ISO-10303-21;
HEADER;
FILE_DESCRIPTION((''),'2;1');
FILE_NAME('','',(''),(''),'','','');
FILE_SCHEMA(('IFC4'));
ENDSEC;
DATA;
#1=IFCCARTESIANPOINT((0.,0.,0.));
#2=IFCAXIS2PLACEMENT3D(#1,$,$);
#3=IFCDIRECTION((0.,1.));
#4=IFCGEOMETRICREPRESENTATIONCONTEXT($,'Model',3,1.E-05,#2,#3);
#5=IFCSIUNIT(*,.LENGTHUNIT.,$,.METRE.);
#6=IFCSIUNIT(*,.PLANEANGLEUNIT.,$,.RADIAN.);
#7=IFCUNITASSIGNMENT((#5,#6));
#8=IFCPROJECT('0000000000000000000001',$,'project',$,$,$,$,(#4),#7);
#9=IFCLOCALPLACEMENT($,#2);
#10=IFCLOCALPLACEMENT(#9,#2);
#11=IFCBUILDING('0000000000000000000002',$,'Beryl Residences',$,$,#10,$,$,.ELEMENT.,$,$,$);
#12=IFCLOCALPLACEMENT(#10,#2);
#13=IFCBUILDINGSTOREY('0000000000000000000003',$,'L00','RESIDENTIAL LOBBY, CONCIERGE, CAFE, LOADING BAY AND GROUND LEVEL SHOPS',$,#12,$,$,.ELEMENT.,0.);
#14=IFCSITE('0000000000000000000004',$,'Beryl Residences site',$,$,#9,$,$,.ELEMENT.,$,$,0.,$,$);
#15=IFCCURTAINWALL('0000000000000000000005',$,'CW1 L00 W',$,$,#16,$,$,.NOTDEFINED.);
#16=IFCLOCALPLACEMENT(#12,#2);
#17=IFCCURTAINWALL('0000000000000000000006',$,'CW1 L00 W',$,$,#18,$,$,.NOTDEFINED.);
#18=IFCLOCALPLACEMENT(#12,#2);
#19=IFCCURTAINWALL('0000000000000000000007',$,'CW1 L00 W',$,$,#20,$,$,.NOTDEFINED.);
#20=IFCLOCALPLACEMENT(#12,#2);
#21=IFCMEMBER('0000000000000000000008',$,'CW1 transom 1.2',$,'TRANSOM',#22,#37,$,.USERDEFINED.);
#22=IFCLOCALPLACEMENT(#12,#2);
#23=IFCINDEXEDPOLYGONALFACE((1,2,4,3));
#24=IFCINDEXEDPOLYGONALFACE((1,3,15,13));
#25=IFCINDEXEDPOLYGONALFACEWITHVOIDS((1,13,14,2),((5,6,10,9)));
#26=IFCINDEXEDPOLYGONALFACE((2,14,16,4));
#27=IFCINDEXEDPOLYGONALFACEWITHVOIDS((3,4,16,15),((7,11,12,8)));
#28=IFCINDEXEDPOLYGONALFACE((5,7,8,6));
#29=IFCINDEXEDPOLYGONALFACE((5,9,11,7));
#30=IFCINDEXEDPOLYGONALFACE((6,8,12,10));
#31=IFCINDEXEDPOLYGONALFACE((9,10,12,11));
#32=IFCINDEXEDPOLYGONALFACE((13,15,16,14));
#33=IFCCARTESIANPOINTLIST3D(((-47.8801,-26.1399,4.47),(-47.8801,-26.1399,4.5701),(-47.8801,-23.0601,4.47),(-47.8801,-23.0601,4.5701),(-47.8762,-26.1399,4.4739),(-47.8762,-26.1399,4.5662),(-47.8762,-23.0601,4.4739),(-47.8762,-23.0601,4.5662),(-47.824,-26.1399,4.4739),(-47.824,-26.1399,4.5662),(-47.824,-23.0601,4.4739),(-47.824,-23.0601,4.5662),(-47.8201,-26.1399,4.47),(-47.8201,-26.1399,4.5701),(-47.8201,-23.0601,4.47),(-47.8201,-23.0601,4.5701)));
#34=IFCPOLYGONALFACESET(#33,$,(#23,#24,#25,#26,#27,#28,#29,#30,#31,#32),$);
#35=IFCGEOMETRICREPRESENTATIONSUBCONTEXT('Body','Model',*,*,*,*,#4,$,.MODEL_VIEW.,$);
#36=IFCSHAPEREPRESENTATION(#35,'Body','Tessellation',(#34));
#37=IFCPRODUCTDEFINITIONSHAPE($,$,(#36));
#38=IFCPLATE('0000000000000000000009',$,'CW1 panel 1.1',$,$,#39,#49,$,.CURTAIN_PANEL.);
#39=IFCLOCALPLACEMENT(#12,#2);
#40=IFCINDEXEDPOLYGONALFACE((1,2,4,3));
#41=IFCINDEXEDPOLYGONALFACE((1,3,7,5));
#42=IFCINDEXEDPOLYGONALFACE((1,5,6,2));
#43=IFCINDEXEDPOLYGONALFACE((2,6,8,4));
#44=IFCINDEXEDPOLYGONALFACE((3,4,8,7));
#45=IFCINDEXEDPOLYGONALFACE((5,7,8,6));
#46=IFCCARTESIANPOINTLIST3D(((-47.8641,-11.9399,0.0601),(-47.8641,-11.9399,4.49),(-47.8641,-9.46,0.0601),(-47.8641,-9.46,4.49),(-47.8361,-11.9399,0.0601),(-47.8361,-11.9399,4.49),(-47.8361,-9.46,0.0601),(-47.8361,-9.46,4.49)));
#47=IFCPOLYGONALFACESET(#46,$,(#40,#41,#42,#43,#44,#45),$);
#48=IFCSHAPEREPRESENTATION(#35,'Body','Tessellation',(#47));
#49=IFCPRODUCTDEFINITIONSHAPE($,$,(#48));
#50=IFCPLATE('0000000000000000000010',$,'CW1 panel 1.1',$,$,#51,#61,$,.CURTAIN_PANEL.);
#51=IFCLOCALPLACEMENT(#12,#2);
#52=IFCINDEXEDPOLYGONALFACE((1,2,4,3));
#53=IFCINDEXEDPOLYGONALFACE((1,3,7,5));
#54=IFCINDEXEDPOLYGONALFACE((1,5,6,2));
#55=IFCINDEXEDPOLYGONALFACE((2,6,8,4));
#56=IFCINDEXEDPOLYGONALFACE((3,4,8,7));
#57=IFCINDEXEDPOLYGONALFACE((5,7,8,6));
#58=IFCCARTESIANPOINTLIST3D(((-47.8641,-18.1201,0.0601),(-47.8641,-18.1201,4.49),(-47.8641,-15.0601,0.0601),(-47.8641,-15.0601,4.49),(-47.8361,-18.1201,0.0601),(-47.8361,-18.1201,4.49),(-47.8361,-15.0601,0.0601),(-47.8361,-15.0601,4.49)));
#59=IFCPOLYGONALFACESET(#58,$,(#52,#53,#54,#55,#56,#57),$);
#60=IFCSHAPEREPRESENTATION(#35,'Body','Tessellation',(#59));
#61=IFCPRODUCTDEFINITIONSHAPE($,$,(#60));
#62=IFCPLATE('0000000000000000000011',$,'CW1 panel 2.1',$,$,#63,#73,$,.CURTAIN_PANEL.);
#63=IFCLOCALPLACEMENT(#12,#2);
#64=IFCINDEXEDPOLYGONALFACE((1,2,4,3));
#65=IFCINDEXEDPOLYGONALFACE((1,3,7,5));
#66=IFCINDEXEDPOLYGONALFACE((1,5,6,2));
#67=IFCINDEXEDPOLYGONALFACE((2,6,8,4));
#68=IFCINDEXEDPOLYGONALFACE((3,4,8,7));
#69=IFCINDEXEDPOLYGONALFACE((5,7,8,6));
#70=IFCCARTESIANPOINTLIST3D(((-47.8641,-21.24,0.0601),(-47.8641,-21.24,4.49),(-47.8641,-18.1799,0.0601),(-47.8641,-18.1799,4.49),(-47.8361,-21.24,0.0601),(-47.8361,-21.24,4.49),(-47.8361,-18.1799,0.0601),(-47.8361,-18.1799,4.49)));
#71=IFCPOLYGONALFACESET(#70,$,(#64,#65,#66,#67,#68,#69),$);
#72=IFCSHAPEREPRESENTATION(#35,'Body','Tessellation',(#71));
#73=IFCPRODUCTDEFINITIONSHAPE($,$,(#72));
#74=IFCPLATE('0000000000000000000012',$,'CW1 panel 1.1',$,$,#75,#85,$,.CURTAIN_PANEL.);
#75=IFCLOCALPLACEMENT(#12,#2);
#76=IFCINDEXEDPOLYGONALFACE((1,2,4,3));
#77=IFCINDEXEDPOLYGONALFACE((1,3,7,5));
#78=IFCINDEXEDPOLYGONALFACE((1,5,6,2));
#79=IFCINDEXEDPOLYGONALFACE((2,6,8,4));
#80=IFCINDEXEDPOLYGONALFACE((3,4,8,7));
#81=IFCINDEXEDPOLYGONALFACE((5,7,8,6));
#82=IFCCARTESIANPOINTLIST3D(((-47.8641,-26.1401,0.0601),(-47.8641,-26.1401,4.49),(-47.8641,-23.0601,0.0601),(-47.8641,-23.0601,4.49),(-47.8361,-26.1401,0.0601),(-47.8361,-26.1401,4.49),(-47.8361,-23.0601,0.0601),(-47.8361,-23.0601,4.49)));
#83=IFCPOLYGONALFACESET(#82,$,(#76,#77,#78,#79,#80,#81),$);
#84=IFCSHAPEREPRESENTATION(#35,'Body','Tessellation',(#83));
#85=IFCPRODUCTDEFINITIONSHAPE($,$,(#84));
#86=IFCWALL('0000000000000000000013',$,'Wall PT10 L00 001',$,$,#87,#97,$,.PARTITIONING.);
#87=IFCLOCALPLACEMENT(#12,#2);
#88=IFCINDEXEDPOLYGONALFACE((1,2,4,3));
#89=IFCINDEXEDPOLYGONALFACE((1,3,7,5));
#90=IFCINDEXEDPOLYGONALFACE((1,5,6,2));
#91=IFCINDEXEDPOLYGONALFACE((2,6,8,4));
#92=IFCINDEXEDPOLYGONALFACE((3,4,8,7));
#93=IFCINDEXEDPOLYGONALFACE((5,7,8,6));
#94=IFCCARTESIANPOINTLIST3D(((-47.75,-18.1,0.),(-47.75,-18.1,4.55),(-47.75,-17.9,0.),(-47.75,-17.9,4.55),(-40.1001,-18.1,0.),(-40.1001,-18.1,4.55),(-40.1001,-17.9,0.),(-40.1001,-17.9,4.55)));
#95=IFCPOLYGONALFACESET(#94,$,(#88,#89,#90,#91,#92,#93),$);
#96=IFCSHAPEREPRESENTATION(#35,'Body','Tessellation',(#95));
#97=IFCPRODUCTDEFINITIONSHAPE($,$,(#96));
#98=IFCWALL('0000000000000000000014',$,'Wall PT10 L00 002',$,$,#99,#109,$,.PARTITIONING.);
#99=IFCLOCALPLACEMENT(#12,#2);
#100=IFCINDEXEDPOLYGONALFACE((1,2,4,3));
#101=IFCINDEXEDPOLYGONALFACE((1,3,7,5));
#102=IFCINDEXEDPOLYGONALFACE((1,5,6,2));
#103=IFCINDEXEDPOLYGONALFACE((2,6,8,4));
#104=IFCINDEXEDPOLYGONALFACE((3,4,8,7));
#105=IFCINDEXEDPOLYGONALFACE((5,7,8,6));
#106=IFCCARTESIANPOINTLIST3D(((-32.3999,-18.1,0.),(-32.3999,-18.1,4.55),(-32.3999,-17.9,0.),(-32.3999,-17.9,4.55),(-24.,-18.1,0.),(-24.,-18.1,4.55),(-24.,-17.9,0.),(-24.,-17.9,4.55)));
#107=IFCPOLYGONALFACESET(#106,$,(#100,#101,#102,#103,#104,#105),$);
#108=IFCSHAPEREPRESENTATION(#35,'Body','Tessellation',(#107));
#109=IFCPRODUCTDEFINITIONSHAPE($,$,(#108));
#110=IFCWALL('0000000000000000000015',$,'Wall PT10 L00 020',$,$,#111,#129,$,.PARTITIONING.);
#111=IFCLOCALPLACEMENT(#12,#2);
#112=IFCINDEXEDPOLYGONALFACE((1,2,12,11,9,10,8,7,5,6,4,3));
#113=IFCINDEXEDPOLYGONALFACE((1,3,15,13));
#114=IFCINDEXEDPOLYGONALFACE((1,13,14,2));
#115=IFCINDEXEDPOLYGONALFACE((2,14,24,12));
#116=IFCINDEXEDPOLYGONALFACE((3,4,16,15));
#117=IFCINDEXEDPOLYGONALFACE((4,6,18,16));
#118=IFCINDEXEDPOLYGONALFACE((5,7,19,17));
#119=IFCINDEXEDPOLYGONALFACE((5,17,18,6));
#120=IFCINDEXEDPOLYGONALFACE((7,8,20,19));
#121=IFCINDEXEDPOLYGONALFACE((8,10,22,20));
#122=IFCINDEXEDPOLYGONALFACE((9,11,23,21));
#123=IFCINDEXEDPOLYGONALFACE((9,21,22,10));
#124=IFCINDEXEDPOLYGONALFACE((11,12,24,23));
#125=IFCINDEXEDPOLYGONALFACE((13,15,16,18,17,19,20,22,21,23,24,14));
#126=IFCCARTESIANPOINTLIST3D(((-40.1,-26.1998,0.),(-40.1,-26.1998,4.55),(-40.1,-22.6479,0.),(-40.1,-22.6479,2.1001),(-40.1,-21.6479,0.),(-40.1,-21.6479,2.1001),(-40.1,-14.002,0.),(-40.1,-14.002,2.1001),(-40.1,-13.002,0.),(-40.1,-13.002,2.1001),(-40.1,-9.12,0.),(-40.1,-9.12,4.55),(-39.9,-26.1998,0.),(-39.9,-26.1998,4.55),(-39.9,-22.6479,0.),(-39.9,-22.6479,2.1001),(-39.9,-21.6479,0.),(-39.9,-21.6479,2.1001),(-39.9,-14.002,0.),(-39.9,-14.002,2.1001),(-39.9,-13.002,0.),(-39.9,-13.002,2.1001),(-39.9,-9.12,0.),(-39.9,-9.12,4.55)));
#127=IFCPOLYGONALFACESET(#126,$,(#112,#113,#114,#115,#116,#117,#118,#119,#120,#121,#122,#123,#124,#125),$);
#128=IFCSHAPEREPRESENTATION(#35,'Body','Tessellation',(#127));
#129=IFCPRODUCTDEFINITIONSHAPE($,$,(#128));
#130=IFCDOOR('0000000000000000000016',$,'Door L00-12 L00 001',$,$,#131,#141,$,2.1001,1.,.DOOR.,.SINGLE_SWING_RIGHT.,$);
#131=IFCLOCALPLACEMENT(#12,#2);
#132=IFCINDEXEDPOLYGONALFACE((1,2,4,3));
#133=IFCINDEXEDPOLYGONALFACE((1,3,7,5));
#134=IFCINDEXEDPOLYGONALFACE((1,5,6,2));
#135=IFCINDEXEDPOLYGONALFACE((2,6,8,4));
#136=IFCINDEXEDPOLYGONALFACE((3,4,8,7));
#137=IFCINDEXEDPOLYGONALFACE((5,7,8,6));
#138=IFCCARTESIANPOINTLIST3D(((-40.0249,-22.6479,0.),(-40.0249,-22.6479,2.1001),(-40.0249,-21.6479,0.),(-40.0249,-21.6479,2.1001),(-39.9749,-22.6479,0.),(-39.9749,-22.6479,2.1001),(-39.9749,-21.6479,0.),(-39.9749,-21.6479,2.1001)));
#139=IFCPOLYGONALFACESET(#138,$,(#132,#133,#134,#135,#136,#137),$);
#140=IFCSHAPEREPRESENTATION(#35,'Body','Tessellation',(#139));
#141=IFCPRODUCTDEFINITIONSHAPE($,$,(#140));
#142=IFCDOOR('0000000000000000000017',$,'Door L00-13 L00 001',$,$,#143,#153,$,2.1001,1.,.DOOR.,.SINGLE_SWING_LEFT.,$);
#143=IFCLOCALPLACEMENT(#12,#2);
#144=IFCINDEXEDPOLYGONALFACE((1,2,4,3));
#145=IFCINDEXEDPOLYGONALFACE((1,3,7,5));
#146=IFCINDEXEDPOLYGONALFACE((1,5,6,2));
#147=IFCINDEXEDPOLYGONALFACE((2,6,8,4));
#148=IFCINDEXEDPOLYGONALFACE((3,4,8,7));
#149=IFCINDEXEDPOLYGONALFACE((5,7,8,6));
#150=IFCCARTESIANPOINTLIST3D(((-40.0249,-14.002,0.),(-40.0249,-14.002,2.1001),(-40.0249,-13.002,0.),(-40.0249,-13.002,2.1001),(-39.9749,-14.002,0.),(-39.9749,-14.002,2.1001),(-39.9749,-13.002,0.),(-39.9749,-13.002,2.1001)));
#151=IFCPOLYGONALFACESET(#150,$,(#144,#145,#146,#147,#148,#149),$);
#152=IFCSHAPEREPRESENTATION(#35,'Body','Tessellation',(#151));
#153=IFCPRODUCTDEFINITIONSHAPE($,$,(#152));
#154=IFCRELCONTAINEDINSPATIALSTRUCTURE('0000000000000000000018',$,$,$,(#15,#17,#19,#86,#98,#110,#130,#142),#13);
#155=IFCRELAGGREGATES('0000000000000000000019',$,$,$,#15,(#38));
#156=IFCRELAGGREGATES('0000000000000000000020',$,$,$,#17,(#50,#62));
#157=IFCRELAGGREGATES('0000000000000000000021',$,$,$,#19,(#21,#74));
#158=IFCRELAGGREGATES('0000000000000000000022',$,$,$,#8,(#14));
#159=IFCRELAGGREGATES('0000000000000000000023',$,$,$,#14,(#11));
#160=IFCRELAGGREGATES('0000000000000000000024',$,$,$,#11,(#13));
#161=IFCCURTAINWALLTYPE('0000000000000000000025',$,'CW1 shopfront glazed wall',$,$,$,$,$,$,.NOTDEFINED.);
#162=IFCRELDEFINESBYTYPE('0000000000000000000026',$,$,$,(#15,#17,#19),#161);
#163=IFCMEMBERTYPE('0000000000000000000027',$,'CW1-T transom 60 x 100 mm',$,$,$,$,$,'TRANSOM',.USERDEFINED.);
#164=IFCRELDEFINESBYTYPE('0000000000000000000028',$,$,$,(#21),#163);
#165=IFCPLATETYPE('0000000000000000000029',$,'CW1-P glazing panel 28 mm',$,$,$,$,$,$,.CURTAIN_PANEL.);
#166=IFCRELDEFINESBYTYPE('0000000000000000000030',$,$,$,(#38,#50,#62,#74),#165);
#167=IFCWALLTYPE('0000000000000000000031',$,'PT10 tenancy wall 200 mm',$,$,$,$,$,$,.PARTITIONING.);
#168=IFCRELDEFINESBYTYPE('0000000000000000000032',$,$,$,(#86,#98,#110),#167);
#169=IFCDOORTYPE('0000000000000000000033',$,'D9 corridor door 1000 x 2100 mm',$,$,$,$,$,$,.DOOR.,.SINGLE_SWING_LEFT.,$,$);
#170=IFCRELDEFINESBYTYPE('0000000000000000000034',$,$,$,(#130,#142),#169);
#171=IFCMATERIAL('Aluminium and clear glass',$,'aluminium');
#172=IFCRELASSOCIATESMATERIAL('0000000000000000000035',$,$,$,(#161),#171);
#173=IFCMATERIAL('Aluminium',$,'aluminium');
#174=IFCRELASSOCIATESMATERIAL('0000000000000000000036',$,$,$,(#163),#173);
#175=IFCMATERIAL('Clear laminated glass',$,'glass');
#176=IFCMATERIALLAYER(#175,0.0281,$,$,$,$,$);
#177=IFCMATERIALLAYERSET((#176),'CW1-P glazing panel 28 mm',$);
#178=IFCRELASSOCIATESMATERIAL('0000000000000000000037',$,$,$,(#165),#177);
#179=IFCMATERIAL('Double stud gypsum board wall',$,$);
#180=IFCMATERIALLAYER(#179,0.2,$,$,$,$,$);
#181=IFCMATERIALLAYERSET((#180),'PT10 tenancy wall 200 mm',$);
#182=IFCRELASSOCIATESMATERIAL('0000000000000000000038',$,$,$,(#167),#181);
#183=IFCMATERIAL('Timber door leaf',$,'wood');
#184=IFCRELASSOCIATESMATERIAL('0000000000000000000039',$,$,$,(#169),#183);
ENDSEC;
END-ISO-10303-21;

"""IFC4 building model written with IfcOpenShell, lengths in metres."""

from ifc_helpers import new_model, si_unit, direction, frame, frame_2d, origin, origin_2d, place, context, subcontext, project, spatial, rectangle, hollow_rectangle, extrude, material, layer, layer_set, material_profile, profile_set, type_object, element, fill, aggregate, save


model = new_model("IFC4")

# Units and contexts
model_context = context("Model", 3, precision=1e-05, world=origin(), true_north=direction((0.0, 1.0)))
body_context = subcontext(model_context, "Body", "Model", "MODEL_VIEW")
ifc_project = project(units=[si_unit("LENGTHUNIT", "METRE"), si_unit("PLANEANGLEUNIT", "RADIAN")], contexts=[model_context])

# Site, building, storey
site_placement = place(None, origin())
site = spatial("IfcSite", under=ifc_project, at=site_placement, Name="Beryl Residences site", CompositionType="ELEMENT", RefElevation=0.0)
building_placement = place(site_placement, origin())
building = spatial("IfcBuilding", under=site, at=building_placement, Name="Beryl Residences", CompositionType="ELEMENT")
storey_placement = place(building_placement, origin())
storey = spatial("IfcBuildingStorey", under=building, at=storey_placement, Name="L00", Description="RESIDENTIAL LOBBY, CONCIERGE, CAFE, LOADING BAY AND GROUND LEVEL SHOPS", CompositionType="ELEMENT", Elevation=0.0)

# Curtain wall
ifc_material_1 = material(Name="Aluminium and clear glass", Category="aluminium")
curtain_wall_type = type_object("IfcCurtainWallType", Name="CW1 shopfront glazed wall", PredefinedType="NOTDEFINED", material=ifc_material_1)
curtain_wall_1_placement = place(storey_placement, origin())
curtain_wall_1 = element("IfcCurtainWall", 1, at=curtain_wall_1_placement, inside=storey, type_object=curtain_wall_type, Name="CW1 L00 W", PredefinedType="NOTDEFINED")

# Curtain walls
curtain_wall_2_placement = place(storey_placement, origin())
curtain_wall_2 = element("IfcCurtainWall", 2, at=curtain_wall_2_placement, inside=storey, type_object=curtain_wall_type, Name="CW1 L00 W", PredefinedType="NOTDEFINED")
curtain_wall_3_placement = place(storey_placement, origin())
curtain_wall_3 = element("IfcCurtainWall", 3, at=curtain_wall_3_placement, inside=storey, type_object=curtain_wall_type, Name="CW1 L00 W", PredefinedType="NOTDEFINED")

# Member
ifc_material_2 = material(Name="Aluminium", Category="aluminium")
ifc_material_profile_1 = material_profile(ifc_material_2, hollow_rectangle(XDim=0.0601, YDim=0.1001, WallThickness=0.0039, at=origin_2d()))
ifc_profile_set_1 = profile_set([ifc_material_profile_1], Name="Aluminium")
member_type_1 = type_object("IfcMemberType", Name="CW1-T transom 60 x 100 mm", ElementType="TRANSOM", PredefinedType="USERDEFINED", material=ifc_profile_set_1)
member_1_placement = place(storey_placement, frame((-47.8501, -23.0601, 4.52), z_axis=(0.0, -1.0, 0.0), x_axis=(1.0, 0.0, 0.0)))
member_1 = element("IfcMember", 4, at=member_1_placement, type_object=member_type_1, Name="CW1 transom 1.2", ObjectType="TRANSOM", PredefinedType="USERDEFINED", context=body_context, shape_type="SweptSolid", body=[
    extrude(hollow_rectangle(XDim=0.0601, YDim=0.1001, WallThickness=0.0039, at=origin_2d()), origin(), (0.0, 0.0, 1.0), 3.0798),
])

# Plates
ifc_material_3 = material(Name="Clear laminated glass", Category="glass")
ifc_layer_1 = layer(ifc_material_3, 0.0281)
ifc_layer_set_1 = layer_set([ifc_layer_1], Name="CW1-P glazing panel 28 mm")
plate_type = type_object("IfcPlateType", Name="CW1-P glazing panel 28 mm", PredefinedType="CURTAIN_PANEL", material=ifc_layer_set_1)
plate_1_placement = place(storey_placement, frame((-47.8501, -10.7, 0.0601), z_axis=(0.0, 0.0, 1.0), x_axis=(0.0, -1.0, 0.0)))
plate_1 = element("IfcPlate", 5, at=plate_1_placement, type_object=plate_type, Name="CW1 panel 1.1", PredefinedType="CURTAIN_PANEL", context=body_context, shape_type="SweptSolid", body=[
    extrude(rectangle(XDim=2.48, YDim=0.0281, at=origin_2d()), origin(), (0.0, 0.0, 1.0), 4.4299),
])
aggregate(curtain_wall_1, [plate_1])
plate_2_placement = place(storey_placement, frame((-47.8501, -16.5901, 0.0601), z_axis=(0.0, 0.0, 1.0), x_axis=(0.0, -1.0, 0.0)))
plate_2 = element("IfcPlate", 6, at=plate_2_placement, type_object=plate_type, Name="CW1 panel 1.1", PredefinedType="CURTAIN_PANEL", context=body_context, shape_type="SweptSolid", body=[
    extrude(rectangle(XDim=3.0601, YDim=0.0281, at=origin_2d()), origin(), (0.0, 0.0, 1.0), 4.4299),
])
plate_3_placement = place(storey_placement, frame((-47.8501, -19.71, 0.0601), z_axis=(0.0, 0.0, 1.0), x_axis=(0.0, -1.0, 0.0)))
plate_3 = element("IfcPlate", 7, at=plate_3_placement, type_object=plate_type, Name="CW1 panel 2.1", PredefinedType="CURTAIN_PANEL", context=body_context, shape_type="SweptSolid", body=[
    extrude(rectangle(XDim=3.0601, YDim=0.0281, at=origin_2d()), origin(), (0.0, 0.0, 1.0), 4.4299),
])
aggregate(curtain_wall_2, [plate_2, plate_3])
plate_4_placement = place(storey_placement, frame((-47.8501, -24.6001, 0.0601), z_axis=(0.0, 0.0, 1.0), x_axis=(0.0, -1.0, 0.0)))
plate_4 = element("IfcPlate", 8, at=plate_4_placement, type_object=plate_type, Name="CW1 panel 1.1", PredefinedType="CURTAIN_PANEL", context=body_context, shape_type="SweptSolid", body=[
    extrude(rectangle(XDim=3.0801, YDim=0.0281, at=origin_2d()), origin(), (0.0, 0.0, 1.0), 4.4299),
])
aggregate(curtain_wall_3, [member_1, plate_4])

# Walls
ifc_material_4 = material(Name="Double stud gypsum board wall")
ifc_layer_2 = layer(ifc_material_4, 0.2)
ifc_layer_set_2 = layer_set([ifc_layer_2], Name="PT10 tenancy wall 200 mm")
wall_type_1 = type_object("IfcWallType", Name="PT10 tenancy wall 200 mm", PredefinedType="PARTITIONING", material=ifc_layer_set_2)
wall_1_placement = place(storey_placement, frame((-47.75, -18.0, 0.0), z_axis=(0.0, 0.0, 1.0), x_axis=(1.0, 0.0, 0.0)))
element("IfcWall", 9, at=wall_1_placement, inside=storey, type_object=wall_type_1, Name="Wall PT10 L00 001", PredefinedType="PARTITIONING", context=body_context, shape_type="SweptSolid", body=[
    extrude(rectangle(XDim=7.6499, YDim=0.2, at=frame_2d((3.825, 0.0))), origin(), (0.0, 0.0, 1.0), 4.55),
])
wall_2_placement = place(storey_placement, frame((-32.3999, -18.0, 0.0), z_axis=(0.0, 0.0, 1.0), x_axis=(1.0, 0.0, 0.0)))
element("IfcWall", 10, at=wall_2_placement, inside=storey, type_object=wall_type_1, Name="Wall PT10 L00 002", PredefinedType="PARTITIONING", context=body_context, shape_type="SweptSolid", body=[
    extrude(rectangle(XDim=8.3999, YDim=0.2, at=frame_2d((4.2, 0.0))), origin(), (0.0, 0.0, 1.0), 4.55),
])

# Wall, openings, doors
wall_3_placement = place(storey_placement, frame((-40.0, -26.2, 0.0), z_axis=(0.0, 0.0, 1.0), x_axis=(0.0, 1.0, 0.0)))
wall_3 = element("IfcWall", 11, at=wall_3_placement, inside=storey, type_object=wall_type_1, Name="Wall PT10 L00 020", PredefinedType="PARTITIONING", context=body_context, shape_type="SweptSolid", body=[
    extrude(rectangle(XDim=17.0798, YDim=0.2, at=frame_2d((8.54, 0.0))), origin(), (0.0, 0.0, 1.0), 4.55),
])
opening_1_placement = place(wall_3_placement, frame((3.552, 0.0, 0.0)))
opening_1 = element("IfcOpeningElement", 12, at=opening_1_placement, cuts=wall_3, PredefinedType="OPENING", context=body_context, shape_type="SweptSolid", body=[
    extrude(rectangle(XDim=1.0, YDim=2.1001, at=frame_2d((0.5, 1.05))), frame((0.0, 0.1099, 0.0), z_axis=(0.0, -1.0, 0.0), x_axis=(1.0, 0.0, 0.0)), (0.0, 0.0, 1.0), 0.22),
])
opening_2_placement = place(wall_3_placement, frame((12.198, 0.0, 0.0)))
opening_2 = element("IfcOpeningElement", 13, at=opening_2_placement, cuts=wall_3, PredefinedType="OPENING", context=body_context, shape_type="SweptSolid", body=[
    extrude(rectangle(XDim=1.0, YDim=2.1001, at=frame_2d((0.5, 1.05))), frame((0.0, 0.1099, 0.0), z_axis=(0.0, -1.0, 0.0), x_axis=(1.0, 0.0, 0.0)), (0.0, 0.0, 1.0), 0.22),
])
ifc_material_5 = material(Name="Timber door leaf", Category="wood")
door_type_1 = type_object("IfcDoorType", Name="D9 corridor door 1000 x 2100 mm", OperationType="SINGLE_SWING_LEFT", PredefinedType="DOOR", material=ifc_material_5)
door_1_placement = place(opening_1_placement, origin())
door_1 = element("IfcDoor", 14, at=door_1_placement, inside=storey, type_object=door_type_1, Name="Door L00-12 L00 001", OperationType="SINGLE_SWING_RIGHT", OverallHeight=2.1001, OverallWidth=1.0, PredefinedType="DOOR", context=body_context, shape_type="SweptSolid", body=[
    extrude(rectangle(XDim=1.0, YDim=2.1001, at=frame_2d((0.5, 1.05))), frame((0.0, 0.0249, 0.0), z_axis=(0.0, -1.0, 0.0), x_axis=(1.0, 0.0, 0.0)), (0.0, 0.0, 1.0), 0.05),
])
fill(opening_1, door_1)
door_2_placement = place(opening_2_placement, origin())
door_2 = element("IfcDoor", 15, at=door_2_placement, inside=storey, type_object=door_type_1, Name="Door L00-13 L00 001", OperationType="SINGLE_SWING_LEFT", OverallHeight=2.1001, OverallWidth=1.0, PredefinedType="DOOR", context=body_context, shape_type="SweptSolid", body=[
    extrude(rectangle(XDim=1.0, YDim=2.1001, at=frame_2d((0.5, 1.05))), frame((0.0, 0.0249, 0.0), z_axis=(0.0, -1.0, 0.0), x_axis=(1.0, 0.0, 0.0)), (0.0, 0.0, 1.0), 0.05),
])
fill(opening_2, door_2)

save(model, "model.ifc")
